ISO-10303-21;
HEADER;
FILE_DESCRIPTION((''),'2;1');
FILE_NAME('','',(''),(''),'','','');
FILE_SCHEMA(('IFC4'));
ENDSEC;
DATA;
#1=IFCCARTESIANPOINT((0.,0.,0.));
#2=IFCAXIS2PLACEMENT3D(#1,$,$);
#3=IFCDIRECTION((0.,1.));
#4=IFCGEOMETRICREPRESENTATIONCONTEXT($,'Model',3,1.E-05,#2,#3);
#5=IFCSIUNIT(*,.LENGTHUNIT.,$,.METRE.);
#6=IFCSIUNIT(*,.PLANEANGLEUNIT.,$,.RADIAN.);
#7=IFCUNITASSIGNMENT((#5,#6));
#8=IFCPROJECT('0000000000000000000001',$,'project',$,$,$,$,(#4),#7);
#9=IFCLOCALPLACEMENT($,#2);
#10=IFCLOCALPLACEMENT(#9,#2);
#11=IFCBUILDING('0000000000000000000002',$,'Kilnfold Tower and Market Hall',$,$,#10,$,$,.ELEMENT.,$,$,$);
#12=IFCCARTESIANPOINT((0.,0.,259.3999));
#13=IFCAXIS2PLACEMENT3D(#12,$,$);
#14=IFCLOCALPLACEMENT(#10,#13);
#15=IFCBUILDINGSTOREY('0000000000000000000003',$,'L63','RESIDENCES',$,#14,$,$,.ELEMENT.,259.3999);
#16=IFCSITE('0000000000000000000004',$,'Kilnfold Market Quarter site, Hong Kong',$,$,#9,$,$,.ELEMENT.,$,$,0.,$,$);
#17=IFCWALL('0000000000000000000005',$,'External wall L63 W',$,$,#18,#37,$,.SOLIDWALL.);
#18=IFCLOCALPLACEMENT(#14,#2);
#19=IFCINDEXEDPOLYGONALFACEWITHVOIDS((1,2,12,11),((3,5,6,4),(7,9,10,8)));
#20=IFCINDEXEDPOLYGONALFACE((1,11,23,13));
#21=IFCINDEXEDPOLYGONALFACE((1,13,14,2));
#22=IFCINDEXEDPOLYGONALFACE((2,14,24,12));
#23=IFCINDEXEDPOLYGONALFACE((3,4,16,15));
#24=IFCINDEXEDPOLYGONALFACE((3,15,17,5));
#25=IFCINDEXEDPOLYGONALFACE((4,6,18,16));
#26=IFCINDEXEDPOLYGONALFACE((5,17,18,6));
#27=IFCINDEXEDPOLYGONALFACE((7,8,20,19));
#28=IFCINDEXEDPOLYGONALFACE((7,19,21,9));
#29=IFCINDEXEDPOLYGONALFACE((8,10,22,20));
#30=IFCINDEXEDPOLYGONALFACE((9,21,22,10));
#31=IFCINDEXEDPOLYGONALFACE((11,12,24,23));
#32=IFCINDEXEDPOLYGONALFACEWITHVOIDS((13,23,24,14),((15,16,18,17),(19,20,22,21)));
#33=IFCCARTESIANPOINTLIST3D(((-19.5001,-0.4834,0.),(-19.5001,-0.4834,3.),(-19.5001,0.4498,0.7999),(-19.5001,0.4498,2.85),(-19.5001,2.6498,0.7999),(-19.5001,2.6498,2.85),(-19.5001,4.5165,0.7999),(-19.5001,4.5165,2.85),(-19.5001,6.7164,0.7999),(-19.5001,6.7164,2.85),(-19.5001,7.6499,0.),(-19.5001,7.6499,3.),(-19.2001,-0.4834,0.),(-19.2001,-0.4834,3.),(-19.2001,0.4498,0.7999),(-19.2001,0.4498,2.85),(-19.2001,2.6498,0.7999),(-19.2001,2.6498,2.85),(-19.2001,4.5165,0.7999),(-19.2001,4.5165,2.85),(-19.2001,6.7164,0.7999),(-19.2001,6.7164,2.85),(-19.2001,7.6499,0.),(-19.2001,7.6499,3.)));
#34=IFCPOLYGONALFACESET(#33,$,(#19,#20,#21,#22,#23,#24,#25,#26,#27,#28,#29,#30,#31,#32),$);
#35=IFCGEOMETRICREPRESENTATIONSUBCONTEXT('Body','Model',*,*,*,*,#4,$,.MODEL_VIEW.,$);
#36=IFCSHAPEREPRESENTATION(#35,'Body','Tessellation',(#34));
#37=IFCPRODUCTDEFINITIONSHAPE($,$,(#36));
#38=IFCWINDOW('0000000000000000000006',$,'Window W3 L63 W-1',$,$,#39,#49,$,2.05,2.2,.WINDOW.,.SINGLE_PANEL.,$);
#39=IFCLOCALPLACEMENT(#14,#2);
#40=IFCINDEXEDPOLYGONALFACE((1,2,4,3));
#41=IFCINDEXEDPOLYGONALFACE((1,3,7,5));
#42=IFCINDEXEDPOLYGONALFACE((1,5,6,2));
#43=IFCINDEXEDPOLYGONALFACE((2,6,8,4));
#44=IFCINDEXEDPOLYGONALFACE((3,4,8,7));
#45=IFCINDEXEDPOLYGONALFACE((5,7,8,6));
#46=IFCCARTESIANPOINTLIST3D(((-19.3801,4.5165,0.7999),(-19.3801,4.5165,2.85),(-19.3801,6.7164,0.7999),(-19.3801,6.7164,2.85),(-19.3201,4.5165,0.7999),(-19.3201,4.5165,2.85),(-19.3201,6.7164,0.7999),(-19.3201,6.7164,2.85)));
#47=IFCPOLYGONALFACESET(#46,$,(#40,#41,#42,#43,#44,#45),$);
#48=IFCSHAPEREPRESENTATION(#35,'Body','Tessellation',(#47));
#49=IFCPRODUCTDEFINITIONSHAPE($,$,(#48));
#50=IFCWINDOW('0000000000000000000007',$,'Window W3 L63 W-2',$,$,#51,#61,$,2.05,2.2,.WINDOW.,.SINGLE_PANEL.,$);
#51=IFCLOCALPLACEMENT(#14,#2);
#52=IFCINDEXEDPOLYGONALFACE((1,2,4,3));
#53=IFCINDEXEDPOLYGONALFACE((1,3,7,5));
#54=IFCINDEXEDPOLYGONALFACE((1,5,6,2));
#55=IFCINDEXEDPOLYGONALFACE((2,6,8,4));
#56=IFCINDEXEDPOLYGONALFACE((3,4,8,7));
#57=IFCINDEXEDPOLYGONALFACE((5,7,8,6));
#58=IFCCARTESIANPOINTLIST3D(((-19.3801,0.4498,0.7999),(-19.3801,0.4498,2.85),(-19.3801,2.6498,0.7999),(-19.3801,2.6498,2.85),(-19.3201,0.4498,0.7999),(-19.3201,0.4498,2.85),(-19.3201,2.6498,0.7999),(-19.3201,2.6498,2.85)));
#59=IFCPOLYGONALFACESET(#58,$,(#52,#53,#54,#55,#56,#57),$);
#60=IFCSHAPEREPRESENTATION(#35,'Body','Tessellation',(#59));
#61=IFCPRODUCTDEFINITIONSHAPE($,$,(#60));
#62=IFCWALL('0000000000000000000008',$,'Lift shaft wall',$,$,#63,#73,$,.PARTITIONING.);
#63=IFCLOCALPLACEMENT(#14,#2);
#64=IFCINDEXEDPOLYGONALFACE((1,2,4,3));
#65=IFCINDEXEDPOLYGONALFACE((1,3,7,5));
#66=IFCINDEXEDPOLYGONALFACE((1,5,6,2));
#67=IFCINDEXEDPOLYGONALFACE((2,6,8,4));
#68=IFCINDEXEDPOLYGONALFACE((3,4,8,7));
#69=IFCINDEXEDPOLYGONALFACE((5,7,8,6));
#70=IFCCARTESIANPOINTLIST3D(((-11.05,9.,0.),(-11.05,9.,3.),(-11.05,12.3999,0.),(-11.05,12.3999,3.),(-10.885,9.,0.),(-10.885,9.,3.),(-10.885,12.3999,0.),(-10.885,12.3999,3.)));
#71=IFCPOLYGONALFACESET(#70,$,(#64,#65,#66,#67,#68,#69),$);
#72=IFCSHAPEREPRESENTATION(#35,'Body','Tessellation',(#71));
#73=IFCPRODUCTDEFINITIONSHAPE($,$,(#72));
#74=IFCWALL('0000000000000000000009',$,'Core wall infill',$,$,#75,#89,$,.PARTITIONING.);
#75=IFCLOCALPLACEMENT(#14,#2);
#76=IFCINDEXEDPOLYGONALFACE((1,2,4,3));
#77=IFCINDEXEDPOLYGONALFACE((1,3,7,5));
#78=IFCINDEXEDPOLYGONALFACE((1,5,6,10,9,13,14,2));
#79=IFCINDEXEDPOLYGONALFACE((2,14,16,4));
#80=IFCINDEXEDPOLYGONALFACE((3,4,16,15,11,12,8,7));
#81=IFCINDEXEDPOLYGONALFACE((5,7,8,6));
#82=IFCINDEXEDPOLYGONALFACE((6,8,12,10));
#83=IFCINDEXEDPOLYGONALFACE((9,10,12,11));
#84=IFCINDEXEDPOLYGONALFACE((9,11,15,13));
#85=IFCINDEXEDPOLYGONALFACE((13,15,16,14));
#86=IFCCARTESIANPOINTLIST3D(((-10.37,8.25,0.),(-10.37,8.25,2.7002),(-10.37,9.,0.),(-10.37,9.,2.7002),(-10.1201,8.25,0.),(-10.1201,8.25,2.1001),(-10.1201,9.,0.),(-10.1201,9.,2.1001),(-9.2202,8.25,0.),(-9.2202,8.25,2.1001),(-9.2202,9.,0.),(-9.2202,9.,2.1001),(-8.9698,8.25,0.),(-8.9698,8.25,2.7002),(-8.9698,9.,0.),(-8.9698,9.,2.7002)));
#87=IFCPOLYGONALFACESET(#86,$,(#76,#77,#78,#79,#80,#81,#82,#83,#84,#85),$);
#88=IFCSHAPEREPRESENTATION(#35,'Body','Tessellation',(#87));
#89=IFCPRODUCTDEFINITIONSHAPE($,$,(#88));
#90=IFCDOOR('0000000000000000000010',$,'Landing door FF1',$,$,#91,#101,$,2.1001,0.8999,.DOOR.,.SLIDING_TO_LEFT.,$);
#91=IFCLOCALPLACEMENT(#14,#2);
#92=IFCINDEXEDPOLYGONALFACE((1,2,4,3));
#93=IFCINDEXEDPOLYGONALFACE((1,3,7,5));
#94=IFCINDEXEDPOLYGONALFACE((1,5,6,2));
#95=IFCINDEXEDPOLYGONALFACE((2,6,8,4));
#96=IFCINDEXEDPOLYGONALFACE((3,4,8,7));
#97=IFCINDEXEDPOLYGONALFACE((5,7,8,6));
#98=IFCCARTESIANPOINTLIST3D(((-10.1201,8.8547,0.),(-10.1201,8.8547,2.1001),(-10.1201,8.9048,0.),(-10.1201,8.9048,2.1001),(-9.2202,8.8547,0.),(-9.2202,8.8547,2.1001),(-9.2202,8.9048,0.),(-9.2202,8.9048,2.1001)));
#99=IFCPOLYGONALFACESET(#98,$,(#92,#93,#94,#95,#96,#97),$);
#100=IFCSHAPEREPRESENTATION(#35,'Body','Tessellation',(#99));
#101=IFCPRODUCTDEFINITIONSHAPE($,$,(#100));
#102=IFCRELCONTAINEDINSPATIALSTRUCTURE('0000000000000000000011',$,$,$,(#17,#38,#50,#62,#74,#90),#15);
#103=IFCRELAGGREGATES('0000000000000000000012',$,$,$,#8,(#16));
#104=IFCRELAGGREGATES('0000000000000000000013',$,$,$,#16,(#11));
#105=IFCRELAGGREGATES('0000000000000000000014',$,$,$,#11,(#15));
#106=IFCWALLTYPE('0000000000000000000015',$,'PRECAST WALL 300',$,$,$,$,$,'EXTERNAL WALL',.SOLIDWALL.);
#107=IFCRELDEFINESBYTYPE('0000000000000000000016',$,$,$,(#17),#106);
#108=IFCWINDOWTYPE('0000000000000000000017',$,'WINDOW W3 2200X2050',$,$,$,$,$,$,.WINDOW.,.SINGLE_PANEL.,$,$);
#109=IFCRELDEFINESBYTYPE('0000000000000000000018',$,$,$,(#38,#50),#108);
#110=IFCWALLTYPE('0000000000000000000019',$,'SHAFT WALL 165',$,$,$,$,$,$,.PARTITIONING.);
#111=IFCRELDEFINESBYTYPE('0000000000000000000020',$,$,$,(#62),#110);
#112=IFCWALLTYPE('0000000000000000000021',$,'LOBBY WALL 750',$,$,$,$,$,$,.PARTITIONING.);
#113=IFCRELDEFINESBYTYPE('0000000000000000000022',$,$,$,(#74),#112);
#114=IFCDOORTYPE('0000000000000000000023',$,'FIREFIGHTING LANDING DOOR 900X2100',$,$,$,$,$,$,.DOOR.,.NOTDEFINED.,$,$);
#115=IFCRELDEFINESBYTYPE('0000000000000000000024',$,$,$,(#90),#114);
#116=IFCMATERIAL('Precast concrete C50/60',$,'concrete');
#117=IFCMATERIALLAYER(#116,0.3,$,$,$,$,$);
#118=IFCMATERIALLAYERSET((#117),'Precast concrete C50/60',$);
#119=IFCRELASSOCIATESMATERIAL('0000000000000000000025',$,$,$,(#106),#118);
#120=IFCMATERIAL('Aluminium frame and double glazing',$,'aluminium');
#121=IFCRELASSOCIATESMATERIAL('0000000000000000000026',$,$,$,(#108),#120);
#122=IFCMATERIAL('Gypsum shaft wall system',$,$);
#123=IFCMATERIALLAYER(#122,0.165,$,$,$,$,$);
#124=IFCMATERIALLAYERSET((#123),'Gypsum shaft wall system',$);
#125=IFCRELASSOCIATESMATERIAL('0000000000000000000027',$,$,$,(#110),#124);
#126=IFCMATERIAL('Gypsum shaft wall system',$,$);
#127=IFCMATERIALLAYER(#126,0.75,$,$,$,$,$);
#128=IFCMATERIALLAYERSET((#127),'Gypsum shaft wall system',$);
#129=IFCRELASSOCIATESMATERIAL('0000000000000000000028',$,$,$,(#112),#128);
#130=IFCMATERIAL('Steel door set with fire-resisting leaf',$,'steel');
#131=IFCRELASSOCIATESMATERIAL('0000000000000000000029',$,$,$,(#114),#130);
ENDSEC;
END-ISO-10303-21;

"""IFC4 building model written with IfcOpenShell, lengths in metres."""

from ifc_helpers import new_model, si_unit, direction, frame, frame_2d, origin, place, context, subcontext, project, spatial, rectangle, extrude, source, transform, mapped, material, layer, layer_set, type_object, element, fill, save


model = new_model("IFC4")

# Units and contexts
model_context = context("Model", 3, precision=1e-05, world=origin(), true_north=direction((0.0, 1.0)))
body_context = subcontext(model_context, "Body", "Model", "MODEL_VIEW")
ifc_project = project(units=[si_unit("LENGTHUNIT", "METRE"), si_unit("PLANEANGLEUNIT", "RADIAN")], contexts=[model_context])

# Site, building, storey
site_placement = place(None, origin())
site = spatial("IfcSite", under=ifc_project, at=site_placement, Name="Kilnfold Market Quarter site, Hong Kong", CompositionType="ELEMENT", RefElevation=0.0)
building_placement = place(site_placement, origin())
building = spatial("IfcBuilding", under=site, at=building_placement, Name="Kilnfold Tower and Market Hall", CompositionType="ELEMENT")
storey_placement = place(building_placement, frame((0.0, 0.0, 259.3999)))
storey = spatial("IfcBuildingStorey", under=building, at=storey_placement, Name="L63", Description="RESIDENCES", CompositionType="ELEMENT", Elevation=259.3999)

# Wall, openings, windows
ifc_material_1 = material(Name="Precast concrete C50/60", Category="concrete")
ifc_layer_1 = layer(ifc_material_1, 0.3)
ifc_layer_set_1 = layer_set([ifc_layer_1], Name="Precast concrete C50/60")
wall_type_1 = type_object("IfcWallType", Name="PRECAST WALL 300", ElementType="EXTERNAL WALL", PredefinedType="SOLIDWALL", material=ifc_layer_set_1)
shared_shape_1 = source(origin(), body_context, "Body", "SweptSolid", [
    extrude(rectangle(XDim=8.1333, YDim=0.3, at=frame_2d((4.0667, 0.0))), origin(), (0.0, 0.0, 1.0), 3.0),
])
wall_1_placement = place(storey_placement, frame((-19.3501, 7.6499, 0.0), z_axis=(0.0, 0.0, 1.0), x_axis=(0.0, -1.0, 0.0)))
wall_1 = element("IfcWall", 1, at=wall_1_placement, inside=storey, type_object=wall_type_1, Name="External wall L63 W", PredefinedType="SOLIDWALL", context=body_context, shape_type="MappedRepresentation", body=[
    mapped(shared_shape_1, transform((0.0, 0.0, 0.0))),
])
opening_1_placement = place(wall_1_placement, frame((0.9333, 0.0, 0.8)))
opening_1 = element("IfcOpeningElement", 2, at=opening_1_placement, cuts=wall_1, PredefinedType="OPENING", context=body_context, shape_type="SweptSolid", body=[
    extrude(rectangle(XDim=2.2, YDim=2.05, at=frame_2d((1.1001, 1.0249))), frame((0.0, 0.1602, 0.0), z_axis=(0.0, -1.0, 0.0), x_axis=(1.0, 0.0, 0.0)), (0.0, 0.0, 1.0), 0.3201),
])
opening_2_placement = place(wall_1_placement, frame((5.0, 0.0, 0.8)))
opening_2 = element("IfcOpeningElement", 3, at=opening_2_placement, cuts=wall_1, PredefinedType="OPENING", context=body_context, shape_type="SweptSolid", body=[
    extrude(rectangle(XDim=2.2, YDim=2.05, at=frame_2d((1.1001, 1.0249))), frame((0.0, 0.1602, 0.0), z_axis=(0.0, -1.0, 0.0), x_axis=(1.0, 0.0, 0.0)), (0.0, 0.0, 1.0), 0.3201),
])
ifc_material_2 = material(Name="Aluminium frame and double glazing", Category="aluminium")
window_type = type_object("IfcWindowType", Name="WINDOW W3 2200X2050", PartitioningType="SINGLE_PANEL", PredefinedType="WINDOW", material=ifc_material_2)
window_1_placement = place(opening_1_placement, origin())
window_1 = element("IfcWindow", 4, at=window_1_placement, inside=storey, type_object=window_type, Name="Window W3 L63 W-1", OverallHeight=2.05, OverallWidth=2.2, PartitioningType="SINGLE_PANEL", PredefinedType="WINDOW", context=body_context, shape_type="SweptSolid", body=[
    extrude(rectangle(XDim=2.2, YDim=2.05, at=frame_2d((1.1001, 1.0249))), frame((0.0, 0.03, 0.0), z_axis=(0.0, -1.0, 0.0), x_axis=(1.0, 0.0, 0.0)), (0.0, 0.0, 1.0), 0.0601),
])
fill(opening_1, window_1)
window_2_placement = place(opening_2_placement, origin())
window_2 = element("IfcWindow", 5, at=window_2_placement, inside=storey, type_object=window_type, Name="Window W3 L63 W-2", OverallHeight=2.05, OverallWidth=2.2, PartitioningType="SINGLE_PANEL", PredefinedType="WINDOW", context=body_context, shape_type="SweptSolid", body=[
    extrude(rectangle(XDim=2.2, YDim=2.05, at=frame_2d((1.1001, 1.0249))), frame((0.0, 0.03, 0.0), z_axis=(0.0, -1.0, 0.0), x_axis=(1.0, 0.0, 0.0)), (0.0, 0.0, 1.0), 0.0601),
])
fill(opening_2, window_2)

# Wall
ifc_material_3 = material(Name="Gypsum shaft wall system")
ifc_layer_2 = layer(ifc_material_3, 0.165)
ifc_layer_set_2 = layer_set([ifc_layer_2], Name="Gypsum shaft wall system")
wall_type_2 = type_object("IfcWallType", Name="SHAFT WALL 165", PredefinedType="PARTITIONING", material=ifc_layer_set_2)
shared_shape_2 = source(origin(), body_context, "Body", "SweptSolid", [
    extrude(rectangle(XDim=3.3999, YDim=0.165, at=frame_2d((1.7, 0.0))), origin(), (0.0, 0.0, 1.0), 3.0),
])
wall_2_placement = place(storey_placement, frame((-10.9675, 9.0, 0.0), z_axis=(0.0, 0.0, 1.0), x_axis=(0.0, 1.0, 0.0)))
element("IfcWall", 6, at=wall_2_placement, inside=storey, type_object=wall_type_2, Name="Lift shaft wall", PredefinedType="PARTITIONING", context=body_context, shape_type="MappedRepresentation", body=[
    mapped(shared_shape_2, transform((0.0, 0.0, 0.0))),
])

# Wall, opening, door
ifc_material_4 = material(Name="Gypsum shaft wall system")
ifc_layer_3 = layer(ifc_material_4, 0.75)
ifc_layer_set_3 = layer_set([ifc_layer_3], Name="Gypsum shaft wall system")
wall_type_3 = type_object("IfcWallType", Name="LOBBY WALL 750", PredefinedType="PARTITIONING", material=ifc_layer_set_3)
shared_shape_3 = source(origin(), body_context, "Body", "SweptSolid", [
    extrude(rectangle(XDim=1.4001, YDim=0.75, at=frame_2d((0.7002, 0.0))), origin(), (0.0, 0.0, 1.0), 2.7002),
])
wall_3_placement = place(storey_placement, frame((-10.3701, 8.625, 0.0), z_axis=(0.0, 0.0, 1.0), x_axis=(1.0, 0.0, 0.0)))
wall_3 = element("IfcWall", 7, at=wall_3_placement, inside=storey, type_object=wall_type_3, Name="Core wall infill", PredefinedType="PARTITIONING", context=body_context, shape_type="MappedRepresentation", body=[
    mapped(shared_shape_3, transform((0.0, 0.0, 0.0))),
])
opening_3_placement = place(wall_3_placement, frame((0.25, 0.0, 0.0)))
opening_3 = element("IfcOpeningElement", 8, at=opening_3_placement, cuts=wall_3, PredefinedType="OPENING", context=body_context, shape_type="SweptSolid", body=[
    extrude(rectangle(XDim=0.8999, YDim=2.1001, at=frame_2d((0.45, 1.05))), frame((0.0, 0.385, 0.0), z_axis=(0.0, -1.0, 0.0), x_axis=(1.0, 0.0, 0.0)), (0.0, 0.0, 1.0), 0.77),
])
ifc_material_5 = material(Name="Steel door set with fire-resisting leaf", Category="steel")
door_type_1 = type_object("IfcDoorType", Name="FIREFIGHTING LANDING DOOR 900X2100", OperationType="NOTDEFINED", PredefinedType="DOOR", material=ifc_material_5)
door_1_placement = place(opening_3_placement, origin())
door_1 = element("IfcDoor", 9, at=door_1_placement, inside=storey, type_object=door_type_1, Name="Landing door FF1", OperationType="SLIDING_TO_LEFT", OverallHeight=2.1001, OverallWidth=0.8999, PredefinedType="DOOR", context=body_context, shape_type="SweptSolid", body=[
    extrude(rectangle(XDim=0.8999, YDim=2.1001, at=frame_2d((0.45, 1.05))), frame((0.0, 0.2798, 0.0), z_axis=(0.0, -1.0, 0.0), x_axis=(1.0, 0.0, 0.0)), (0.0, 0.0, 1.0), 0.05),
])
fill(opening_3, door_1)

save(model, "model.ifc")
